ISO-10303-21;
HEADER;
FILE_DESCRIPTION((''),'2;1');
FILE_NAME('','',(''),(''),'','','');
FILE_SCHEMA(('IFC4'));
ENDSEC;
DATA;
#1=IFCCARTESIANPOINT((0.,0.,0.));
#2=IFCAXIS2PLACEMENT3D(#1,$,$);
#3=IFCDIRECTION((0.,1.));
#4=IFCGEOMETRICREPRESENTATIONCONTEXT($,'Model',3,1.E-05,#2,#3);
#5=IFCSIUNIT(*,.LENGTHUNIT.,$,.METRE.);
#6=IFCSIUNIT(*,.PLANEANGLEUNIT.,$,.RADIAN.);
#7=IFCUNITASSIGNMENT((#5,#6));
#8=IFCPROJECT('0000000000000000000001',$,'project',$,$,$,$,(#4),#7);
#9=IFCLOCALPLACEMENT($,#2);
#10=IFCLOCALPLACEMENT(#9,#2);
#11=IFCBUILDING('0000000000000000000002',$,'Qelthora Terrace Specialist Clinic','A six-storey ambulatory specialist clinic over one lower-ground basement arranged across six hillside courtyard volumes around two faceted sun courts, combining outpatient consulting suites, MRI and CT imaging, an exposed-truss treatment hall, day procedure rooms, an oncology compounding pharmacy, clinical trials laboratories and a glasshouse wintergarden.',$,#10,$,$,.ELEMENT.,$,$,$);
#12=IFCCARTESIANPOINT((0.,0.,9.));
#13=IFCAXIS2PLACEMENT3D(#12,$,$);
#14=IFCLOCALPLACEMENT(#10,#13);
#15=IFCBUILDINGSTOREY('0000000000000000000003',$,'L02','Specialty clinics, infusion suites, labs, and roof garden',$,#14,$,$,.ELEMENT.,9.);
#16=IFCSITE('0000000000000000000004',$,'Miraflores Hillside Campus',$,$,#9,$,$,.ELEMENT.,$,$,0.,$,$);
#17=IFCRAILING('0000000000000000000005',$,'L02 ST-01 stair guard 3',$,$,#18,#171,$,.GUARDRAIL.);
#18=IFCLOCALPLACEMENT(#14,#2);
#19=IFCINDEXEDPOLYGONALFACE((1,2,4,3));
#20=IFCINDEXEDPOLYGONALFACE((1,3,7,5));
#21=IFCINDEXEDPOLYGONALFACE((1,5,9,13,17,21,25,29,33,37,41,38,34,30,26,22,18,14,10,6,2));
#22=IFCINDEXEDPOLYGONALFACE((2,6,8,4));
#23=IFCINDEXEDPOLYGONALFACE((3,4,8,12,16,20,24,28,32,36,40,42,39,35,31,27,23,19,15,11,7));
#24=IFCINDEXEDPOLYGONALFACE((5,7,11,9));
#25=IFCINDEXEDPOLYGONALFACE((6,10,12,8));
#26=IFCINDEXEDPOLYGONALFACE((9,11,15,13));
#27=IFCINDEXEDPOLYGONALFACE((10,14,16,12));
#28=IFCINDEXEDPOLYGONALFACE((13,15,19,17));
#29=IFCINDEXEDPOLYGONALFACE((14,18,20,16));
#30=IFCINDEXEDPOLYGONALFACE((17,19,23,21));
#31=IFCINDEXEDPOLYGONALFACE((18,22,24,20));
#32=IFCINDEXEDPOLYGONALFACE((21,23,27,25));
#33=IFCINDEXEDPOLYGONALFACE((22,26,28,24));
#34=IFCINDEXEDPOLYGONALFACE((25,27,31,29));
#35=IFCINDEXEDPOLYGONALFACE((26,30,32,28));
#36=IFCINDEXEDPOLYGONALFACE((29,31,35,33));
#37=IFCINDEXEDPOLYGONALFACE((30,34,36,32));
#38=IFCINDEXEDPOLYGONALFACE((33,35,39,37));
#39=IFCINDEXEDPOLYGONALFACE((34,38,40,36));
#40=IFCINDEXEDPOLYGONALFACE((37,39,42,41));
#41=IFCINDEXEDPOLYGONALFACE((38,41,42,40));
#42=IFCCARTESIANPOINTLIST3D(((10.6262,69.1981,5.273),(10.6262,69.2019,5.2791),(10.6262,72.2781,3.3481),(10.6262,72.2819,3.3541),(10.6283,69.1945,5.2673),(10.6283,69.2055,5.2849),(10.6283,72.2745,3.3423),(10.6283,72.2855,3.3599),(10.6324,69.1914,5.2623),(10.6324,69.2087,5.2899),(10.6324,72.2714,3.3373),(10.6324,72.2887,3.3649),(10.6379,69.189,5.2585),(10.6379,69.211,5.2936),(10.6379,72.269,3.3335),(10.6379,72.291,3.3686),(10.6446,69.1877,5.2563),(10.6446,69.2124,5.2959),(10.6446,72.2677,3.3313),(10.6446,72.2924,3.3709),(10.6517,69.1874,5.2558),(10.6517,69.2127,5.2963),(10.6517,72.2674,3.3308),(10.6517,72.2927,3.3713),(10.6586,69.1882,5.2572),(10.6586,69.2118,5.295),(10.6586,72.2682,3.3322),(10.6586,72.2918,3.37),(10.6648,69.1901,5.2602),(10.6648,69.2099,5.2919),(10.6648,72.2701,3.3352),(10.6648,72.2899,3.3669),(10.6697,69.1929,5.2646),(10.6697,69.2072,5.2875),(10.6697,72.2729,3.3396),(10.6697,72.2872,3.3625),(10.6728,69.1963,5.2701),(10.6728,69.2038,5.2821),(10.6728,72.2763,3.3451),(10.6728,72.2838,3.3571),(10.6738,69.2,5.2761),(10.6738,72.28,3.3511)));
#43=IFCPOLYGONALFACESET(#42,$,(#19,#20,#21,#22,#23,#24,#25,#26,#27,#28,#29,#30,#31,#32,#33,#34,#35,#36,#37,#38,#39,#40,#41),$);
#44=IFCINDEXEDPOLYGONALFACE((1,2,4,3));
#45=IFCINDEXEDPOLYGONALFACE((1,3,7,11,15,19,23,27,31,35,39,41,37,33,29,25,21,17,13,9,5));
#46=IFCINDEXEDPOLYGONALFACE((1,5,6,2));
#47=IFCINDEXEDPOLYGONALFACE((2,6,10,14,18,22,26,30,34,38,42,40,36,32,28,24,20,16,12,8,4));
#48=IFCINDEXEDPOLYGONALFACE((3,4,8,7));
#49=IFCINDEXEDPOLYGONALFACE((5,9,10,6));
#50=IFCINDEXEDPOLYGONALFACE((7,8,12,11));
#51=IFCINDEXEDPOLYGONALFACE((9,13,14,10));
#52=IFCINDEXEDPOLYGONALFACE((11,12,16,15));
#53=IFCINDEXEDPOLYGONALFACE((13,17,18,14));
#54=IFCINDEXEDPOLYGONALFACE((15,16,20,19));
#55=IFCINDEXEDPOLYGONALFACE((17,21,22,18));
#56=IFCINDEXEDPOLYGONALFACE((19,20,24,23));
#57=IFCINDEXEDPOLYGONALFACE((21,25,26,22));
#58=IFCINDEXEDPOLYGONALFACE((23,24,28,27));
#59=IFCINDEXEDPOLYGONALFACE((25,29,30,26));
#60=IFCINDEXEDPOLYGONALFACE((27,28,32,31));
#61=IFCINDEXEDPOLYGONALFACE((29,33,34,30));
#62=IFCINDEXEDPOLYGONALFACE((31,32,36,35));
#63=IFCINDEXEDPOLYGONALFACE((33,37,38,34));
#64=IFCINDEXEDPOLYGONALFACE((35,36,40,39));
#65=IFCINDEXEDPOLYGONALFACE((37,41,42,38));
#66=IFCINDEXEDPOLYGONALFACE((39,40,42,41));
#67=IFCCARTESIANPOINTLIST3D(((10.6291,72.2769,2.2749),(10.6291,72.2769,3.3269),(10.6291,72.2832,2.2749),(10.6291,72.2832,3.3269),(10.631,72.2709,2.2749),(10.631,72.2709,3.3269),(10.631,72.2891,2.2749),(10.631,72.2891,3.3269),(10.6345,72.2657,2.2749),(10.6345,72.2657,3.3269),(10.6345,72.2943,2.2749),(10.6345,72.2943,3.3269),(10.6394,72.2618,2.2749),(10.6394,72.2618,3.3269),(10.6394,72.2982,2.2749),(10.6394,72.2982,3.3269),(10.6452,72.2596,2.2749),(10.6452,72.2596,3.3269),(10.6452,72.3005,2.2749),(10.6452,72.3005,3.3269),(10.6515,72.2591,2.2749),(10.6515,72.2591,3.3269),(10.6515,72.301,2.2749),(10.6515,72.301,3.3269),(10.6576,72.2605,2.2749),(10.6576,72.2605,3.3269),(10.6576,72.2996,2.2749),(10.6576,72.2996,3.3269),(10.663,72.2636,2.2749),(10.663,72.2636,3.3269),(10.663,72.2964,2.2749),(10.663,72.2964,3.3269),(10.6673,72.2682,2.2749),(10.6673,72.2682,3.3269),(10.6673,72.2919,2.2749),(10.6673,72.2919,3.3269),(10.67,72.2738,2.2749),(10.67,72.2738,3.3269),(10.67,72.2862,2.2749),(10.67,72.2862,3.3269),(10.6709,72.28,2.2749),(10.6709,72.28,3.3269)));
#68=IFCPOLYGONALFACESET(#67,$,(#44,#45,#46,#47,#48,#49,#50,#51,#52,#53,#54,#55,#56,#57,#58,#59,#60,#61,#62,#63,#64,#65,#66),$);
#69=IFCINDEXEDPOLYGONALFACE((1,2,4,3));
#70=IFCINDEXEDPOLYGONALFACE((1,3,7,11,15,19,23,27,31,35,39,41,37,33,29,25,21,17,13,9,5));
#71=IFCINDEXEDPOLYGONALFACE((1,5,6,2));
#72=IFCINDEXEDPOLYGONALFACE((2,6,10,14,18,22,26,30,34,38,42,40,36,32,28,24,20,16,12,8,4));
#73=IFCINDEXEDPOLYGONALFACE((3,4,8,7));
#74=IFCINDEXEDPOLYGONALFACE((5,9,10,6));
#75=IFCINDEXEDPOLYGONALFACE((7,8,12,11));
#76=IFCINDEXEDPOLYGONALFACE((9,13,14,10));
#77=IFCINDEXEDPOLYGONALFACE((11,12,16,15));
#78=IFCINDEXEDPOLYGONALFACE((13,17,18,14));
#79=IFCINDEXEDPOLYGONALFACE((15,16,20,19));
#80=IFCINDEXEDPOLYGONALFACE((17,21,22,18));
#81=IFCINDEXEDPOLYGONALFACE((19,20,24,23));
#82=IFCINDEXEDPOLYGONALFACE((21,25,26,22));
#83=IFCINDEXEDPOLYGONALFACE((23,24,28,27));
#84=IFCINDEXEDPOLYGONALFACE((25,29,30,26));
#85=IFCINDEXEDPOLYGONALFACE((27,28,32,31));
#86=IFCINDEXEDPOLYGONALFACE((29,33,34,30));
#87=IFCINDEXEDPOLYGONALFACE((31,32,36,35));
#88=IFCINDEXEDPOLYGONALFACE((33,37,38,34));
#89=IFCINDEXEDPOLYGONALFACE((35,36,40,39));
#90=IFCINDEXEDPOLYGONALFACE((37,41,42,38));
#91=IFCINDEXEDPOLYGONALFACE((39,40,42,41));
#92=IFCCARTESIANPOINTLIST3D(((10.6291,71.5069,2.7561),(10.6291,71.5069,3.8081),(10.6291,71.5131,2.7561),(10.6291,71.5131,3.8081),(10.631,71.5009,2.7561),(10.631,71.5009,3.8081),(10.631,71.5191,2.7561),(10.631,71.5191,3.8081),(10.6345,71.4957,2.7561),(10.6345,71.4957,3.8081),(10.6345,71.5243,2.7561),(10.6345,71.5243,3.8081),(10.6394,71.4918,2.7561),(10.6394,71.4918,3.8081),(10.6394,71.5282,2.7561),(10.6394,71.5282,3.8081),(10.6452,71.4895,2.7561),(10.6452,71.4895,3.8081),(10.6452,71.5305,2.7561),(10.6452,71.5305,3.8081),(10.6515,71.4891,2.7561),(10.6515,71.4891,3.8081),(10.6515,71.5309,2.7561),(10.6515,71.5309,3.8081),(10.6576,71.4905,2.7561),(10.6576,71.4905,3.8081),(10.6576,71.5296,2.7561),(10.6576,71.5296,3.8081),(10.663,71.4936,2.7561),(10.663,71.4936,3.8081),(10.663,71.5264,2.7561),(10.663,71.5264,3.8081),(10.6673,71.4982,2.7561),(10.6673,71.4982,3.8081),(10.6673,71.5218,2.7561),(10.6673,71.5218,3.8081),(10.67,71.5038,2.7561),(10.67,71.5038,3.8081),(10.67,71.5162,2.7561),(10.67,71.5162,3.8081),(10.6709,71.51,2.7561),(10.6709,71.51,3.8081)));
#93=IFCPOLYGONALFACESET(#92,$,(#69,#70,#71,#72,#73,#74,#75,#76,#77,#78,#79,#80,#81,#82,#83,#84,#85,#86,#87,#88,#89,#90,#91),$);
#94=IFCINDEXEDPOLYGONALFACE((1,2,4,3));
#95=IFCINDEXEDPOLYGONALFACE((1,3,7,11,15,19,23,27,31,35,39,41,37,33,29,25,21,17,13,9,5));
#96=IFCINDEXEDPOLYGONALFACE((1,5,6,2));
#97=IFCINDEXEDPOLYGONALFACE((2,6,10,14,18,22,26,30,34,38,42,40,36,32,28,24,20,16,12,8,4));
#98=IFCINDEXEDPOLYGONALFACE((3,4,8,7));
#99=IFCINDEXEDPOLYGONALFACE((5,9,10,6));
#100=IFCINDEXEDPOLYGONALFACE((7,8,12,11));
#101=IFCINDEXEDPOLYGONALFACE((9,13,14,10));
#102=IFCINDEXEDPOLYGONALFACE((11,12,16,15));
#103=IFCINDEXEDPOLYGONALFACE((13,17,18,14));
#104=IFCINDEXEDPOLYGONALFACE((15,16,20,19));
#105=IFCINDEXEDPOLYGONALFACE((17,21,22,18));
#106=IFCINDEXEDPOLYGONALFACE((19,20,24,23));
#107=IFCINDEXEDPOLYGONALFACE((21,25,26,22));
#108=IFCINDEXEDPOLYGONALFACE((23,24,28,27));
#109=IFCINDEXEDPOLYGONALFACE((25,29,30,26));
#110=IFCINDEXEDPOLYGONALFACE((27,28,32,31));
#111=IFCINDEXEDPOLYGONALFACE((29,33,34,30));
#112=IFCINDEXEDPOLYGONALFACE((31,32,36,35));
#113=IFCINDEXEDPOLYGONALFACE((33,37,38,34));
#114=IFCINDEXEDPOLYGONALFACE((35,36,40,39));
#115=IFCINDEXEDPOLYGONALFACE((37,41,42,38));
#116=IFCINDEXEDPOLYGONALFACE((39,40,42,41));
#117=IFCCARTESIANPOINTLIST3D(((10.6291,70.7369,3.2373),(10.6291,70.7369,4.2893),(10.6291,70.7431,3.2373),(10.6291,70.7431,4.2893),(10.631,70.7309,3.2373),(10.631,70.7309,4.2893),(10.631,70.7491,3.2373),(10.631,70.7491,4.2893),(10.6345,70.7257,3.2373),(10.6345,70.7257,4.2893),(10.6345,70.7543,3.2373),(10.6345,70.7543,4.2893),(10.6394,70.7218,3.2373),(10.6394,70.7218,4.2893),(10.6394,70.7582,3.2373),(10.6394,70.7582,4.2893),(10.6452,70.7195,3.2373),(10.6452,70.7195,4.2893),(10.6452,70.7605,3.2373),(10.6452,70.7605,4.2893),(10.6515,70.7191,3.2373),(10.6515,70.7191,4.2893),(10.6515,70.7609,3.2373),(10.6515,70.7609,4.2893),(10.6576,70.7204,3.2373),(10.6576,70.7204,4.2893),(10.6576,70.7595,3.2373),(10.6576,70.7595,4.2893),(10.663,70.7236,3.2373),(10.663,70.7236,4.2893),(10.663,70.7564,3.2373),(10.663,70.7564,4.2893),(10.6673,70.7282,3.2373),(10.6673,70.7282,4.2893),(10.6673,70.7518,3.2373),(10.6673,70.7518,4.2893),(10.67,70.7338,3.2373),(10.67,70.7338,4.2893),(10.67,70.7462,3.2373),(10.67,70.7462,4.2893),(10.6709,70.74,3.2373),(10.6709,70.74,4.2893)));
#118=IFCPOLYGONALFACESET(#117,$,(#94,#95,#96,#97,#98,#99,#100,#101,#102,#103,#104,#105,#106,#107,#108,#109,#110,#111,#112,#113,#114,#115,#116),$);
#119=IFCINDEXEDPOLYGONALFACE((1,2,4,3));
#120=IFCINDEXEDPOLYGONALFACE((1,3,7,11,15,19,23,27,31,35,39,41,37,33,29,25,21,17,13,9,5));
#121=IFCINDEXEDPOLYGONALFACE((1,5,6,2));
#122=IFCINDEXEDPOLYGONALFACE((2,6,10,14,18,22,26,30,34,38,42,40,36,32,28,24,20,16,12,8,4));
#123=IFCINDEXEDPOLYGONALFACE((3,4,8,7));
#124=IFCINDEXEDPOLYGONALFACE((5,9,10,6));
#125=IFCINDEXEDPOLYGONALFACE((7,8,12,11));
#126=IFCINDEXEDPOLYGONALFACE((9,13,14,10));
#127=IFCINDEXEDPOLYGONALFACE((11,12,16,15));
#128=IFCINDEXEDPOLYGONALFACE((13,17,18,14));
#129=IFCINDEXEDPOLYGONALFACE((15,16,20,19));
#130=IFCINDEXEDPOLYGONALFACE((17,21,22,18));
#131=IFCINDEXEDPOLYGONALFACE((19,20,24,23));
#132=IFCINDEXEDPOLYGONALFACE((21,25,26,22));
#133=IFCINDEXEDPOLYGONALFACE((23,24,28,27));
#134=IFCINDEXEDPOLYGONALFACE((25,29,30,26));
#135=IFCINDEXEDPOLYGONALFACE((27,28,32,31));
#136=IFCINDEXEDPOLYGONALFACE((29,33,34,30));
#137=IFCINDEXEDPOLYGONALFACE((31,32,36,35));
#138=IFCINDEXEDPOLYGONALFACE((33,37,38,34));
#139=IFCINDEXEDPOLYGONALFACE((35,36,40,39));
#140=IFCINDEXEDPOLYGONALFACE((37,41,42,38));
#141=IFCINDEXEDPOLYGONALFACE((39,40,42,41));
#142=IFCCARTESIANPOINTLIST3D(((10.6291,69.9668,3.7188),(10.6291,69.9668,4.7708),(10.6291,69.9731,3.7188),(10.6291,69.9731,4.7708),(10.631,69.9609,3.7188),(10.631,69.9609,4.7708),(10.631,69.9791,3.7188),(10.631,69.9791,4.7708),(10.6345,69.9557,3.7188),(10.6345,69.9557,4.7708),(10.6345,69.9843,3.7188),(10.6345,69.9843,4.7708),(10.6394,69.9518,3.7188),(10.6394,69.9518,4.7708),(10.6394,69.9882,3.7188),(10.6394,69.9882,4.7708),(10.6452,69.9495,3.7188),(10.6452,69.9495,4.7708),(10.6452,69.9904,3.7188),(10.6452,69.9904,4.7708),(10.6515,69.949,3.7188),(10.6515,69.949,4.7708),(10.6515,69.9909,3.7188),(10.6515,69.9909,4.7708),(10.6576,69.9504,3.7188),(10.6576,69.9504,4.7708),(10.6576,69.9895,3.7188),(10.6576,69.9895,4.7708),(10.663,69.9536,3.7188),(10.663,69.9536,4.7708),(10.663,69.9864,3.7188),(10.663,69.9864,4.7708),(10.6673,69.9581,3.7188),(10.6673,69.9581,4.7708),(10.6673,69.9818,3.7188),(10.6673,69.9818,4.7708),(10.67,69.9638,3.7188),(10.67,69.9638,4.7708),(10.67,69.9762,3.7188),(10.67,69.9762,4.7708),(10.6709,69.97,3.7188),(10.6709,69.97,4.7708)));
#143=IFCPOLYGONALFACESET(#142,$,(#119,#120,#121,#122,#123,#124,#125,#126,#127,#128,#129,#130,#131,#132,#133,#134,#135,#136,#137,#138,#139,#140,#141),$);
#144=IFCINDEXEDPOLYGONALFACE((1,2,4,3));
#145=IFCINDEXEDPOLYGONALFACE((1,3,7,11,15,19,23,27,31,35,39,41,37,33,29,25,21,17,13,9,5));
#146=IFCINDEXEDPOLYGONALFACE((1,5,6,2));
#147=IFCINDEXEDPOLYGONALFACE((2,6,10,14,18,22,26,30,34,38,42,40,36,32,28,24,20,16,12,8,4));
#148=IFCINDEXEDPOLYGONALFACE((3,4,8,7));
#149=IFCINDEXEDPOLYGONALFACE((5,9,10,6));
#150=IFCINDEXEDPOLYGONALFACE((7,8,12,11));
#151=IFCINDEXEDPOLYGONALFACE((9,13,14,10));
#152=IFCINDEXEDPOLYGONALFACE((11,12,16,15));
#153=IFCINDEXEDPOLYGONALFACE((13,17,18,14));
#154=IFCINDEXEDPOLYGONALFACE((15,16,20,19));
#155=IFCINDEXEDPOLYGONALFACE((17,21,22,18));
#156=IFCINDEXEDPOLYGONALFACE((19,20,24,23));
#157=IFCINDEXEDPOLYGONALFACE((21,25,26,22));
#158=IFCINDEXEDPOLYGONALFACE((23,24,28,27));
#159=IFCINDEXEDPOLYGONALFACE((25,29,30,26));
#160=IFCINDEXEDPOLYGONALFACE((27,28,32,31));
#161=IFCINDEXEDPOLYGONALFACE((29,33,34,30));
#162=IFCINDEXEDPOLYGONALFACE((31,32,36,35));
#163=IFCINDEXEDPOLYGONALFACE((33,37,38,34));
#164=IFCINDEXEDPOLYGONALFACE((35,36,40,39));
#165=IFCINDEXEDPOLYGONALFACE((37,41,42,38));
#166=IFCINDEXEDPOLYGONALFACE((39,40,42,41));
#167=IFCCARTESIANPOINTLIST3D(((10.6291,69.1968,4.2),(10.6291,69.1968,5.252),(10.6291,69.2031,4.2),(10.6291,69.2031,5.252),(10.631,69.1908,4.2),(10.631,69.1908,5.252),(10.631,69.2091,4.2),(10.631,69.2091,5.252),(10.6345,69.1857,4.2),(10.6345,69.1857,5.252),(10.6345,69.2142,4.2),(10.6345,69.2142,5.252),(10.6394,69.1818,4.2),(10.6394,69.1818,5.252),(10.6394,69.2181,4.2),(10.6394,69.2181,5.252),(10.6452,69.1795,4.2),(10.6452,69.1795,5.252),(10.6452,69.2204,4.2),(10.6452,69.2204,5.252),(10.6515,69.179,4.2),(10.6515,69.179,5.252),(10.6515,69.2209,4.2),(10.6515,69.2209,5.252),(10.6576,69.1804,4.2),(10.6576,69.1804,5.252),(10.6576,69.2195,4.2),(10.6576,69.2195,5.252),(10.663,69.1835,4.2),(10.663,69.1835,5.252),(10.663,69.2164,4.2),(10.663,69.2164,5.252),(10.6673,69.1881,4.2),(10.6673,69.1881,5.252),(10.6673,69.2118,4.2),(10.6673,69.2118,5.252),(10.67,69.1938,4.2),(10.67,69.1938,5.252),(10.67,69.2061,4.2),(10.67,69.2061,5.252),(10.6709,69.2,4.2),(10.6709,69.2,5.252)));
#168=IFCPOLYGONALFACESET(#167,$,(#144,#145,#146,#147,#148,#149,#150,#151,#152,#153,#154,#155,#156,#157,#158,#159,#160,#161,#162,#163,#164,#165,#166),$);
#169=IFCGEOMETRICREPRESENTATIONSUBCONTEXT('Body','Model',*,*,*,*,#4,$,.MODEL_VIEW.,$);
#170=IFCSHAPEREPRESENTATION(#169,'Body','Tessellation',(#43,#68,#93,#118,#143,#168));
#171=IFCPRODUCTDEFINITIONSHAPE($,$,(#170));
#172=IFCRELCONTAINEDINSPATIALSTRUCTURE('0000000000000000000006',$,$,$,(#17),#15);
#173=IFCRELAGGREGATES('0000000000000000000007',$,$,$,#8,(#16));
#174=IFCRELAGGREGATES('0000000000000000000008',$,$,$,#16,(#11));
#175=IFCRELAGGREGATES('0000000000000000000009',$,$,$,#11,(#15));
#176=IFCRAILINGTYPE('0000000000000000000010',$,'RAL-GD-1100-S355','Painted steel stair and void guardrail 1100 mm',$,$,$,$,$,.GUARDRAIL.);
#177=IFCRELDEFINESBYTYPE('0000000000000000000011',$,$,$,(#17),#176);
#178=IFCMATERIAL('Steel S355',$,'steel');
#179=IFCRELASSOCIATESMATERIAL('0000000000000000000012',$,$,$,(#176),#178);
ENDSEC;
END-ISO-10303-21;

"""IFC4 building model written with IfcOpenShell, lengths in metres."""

from ifc_helpers import new_model, si_unit, direction, frame, origin, origin_2d, place, context, subcontext, project, spatial, circle, extrude, material, type_object, element, save


model = new_model("IFC4")

# Units and contexts
model_context = context("Model", 3, precision=1e-05, world=origin(), true_north=direction((0.0, 1.0)))
body_context = subcontext(model_context, "Body", "Model", "MODEL_VIEW")
ifc_project = project(units=[si_unit("LENGTHUNIT", "METRE"), si_unit("PLANEANGLEUNIT", "RADIAN")], contexts=[model_context])

# Site, building, storey
site_placement = place(None, origin())
site = spatial("IfcSite", under=ifc_project, at=site_placement, Name="Miraflores Hillside Campus", CompositionType="ELEMENT", RefElevation=0.0)
building_placement = place(site_placement, origin())
building = spatial("IfcBuilding", under=site, at=building_placement, Name="Qelthora Terrace Specialist Clinic", Description="A six-storey ambulatory specialist clinic over one lower-ground basement arranged across six hillside courtyard volumes around two faceted sun courts, combining outpatient consulting suites, MRI and CT imaging, an exposed-truss treatment hall, day procedure rooms, an oncology compounding pharmacy, clinical trials laboratories and a glasshouse wintergarden.", CompositionType="ELEMENT")
storey_placement = place(building_placement, frame((0.0, 0.0, 9.0)))
storey = spatial("IfcBuildingStorey", under=building, at=storey_placement, Name="L02", Description="Specialty clinics, infusion suites, labs, and roof garden", CompositionType="ELEMENT", Elevation=9.0)

# Shared definitions
ifc_material_1 = material(Name="Steel S355", Category="steel")

# Railing
railing_type_1 = type_object("IfcRailingType", Name="RAL-GD-1100-S355", Description="Painted steel stair and void guardrail 1100 mm", PredefinedType="GUARDRAIL", material=ifc_material_1)
railing_1_placement = place(storey_placement, frame((10.6499, 72.28, 2.2749)))
element("IfcRailing", 1, at=railing_1_placement, inside=storey, type_object=railing_type_1, Name="L02 ST-01 stair guard 3", PredefinedType="GUARDRAIL", context=body_context, shape_type="SweptSolid", body=[
    extrude(circle(Radius=0.0239, at=origin_2d()), frame((0.0, 0.0, 1.0762), z_axis=(0.0, -0.847998, 0.529999), x_axis=(1.0, 0.0, 0.0)), (0.0, 0.0, 1.0), 3.6321),
    extrude(circle(Radius=0.021, at=origin_2d()), origin(), (0.0, 0.0, 1.0), 1.052),
    extrude(circle(Radius=0.021, at=origin_2d()), frame((0.0, -0.77, 0.4812)), (0.0, 0.0, 1.0), 1.052),
    extrude(circle(Radius=0.021, at=origin_2d()), frame((0.0, -1.54, 0.9624)), (0.0, 0.0, 1.0), 1.052),
    extrude(circle(Radius=0.021, at=origin_2d()), frame((0.0, -2.3101, 1.4438)), (0.0, 0.0, 1.0), 1.052),
    extrude(circle(Radius=0.021, at=origin_2d()), frame((0.0, -3.0801, 1.925)), (0.0, 0.0, 1.0), 1.052),
])

save(model, "model.ifc")
